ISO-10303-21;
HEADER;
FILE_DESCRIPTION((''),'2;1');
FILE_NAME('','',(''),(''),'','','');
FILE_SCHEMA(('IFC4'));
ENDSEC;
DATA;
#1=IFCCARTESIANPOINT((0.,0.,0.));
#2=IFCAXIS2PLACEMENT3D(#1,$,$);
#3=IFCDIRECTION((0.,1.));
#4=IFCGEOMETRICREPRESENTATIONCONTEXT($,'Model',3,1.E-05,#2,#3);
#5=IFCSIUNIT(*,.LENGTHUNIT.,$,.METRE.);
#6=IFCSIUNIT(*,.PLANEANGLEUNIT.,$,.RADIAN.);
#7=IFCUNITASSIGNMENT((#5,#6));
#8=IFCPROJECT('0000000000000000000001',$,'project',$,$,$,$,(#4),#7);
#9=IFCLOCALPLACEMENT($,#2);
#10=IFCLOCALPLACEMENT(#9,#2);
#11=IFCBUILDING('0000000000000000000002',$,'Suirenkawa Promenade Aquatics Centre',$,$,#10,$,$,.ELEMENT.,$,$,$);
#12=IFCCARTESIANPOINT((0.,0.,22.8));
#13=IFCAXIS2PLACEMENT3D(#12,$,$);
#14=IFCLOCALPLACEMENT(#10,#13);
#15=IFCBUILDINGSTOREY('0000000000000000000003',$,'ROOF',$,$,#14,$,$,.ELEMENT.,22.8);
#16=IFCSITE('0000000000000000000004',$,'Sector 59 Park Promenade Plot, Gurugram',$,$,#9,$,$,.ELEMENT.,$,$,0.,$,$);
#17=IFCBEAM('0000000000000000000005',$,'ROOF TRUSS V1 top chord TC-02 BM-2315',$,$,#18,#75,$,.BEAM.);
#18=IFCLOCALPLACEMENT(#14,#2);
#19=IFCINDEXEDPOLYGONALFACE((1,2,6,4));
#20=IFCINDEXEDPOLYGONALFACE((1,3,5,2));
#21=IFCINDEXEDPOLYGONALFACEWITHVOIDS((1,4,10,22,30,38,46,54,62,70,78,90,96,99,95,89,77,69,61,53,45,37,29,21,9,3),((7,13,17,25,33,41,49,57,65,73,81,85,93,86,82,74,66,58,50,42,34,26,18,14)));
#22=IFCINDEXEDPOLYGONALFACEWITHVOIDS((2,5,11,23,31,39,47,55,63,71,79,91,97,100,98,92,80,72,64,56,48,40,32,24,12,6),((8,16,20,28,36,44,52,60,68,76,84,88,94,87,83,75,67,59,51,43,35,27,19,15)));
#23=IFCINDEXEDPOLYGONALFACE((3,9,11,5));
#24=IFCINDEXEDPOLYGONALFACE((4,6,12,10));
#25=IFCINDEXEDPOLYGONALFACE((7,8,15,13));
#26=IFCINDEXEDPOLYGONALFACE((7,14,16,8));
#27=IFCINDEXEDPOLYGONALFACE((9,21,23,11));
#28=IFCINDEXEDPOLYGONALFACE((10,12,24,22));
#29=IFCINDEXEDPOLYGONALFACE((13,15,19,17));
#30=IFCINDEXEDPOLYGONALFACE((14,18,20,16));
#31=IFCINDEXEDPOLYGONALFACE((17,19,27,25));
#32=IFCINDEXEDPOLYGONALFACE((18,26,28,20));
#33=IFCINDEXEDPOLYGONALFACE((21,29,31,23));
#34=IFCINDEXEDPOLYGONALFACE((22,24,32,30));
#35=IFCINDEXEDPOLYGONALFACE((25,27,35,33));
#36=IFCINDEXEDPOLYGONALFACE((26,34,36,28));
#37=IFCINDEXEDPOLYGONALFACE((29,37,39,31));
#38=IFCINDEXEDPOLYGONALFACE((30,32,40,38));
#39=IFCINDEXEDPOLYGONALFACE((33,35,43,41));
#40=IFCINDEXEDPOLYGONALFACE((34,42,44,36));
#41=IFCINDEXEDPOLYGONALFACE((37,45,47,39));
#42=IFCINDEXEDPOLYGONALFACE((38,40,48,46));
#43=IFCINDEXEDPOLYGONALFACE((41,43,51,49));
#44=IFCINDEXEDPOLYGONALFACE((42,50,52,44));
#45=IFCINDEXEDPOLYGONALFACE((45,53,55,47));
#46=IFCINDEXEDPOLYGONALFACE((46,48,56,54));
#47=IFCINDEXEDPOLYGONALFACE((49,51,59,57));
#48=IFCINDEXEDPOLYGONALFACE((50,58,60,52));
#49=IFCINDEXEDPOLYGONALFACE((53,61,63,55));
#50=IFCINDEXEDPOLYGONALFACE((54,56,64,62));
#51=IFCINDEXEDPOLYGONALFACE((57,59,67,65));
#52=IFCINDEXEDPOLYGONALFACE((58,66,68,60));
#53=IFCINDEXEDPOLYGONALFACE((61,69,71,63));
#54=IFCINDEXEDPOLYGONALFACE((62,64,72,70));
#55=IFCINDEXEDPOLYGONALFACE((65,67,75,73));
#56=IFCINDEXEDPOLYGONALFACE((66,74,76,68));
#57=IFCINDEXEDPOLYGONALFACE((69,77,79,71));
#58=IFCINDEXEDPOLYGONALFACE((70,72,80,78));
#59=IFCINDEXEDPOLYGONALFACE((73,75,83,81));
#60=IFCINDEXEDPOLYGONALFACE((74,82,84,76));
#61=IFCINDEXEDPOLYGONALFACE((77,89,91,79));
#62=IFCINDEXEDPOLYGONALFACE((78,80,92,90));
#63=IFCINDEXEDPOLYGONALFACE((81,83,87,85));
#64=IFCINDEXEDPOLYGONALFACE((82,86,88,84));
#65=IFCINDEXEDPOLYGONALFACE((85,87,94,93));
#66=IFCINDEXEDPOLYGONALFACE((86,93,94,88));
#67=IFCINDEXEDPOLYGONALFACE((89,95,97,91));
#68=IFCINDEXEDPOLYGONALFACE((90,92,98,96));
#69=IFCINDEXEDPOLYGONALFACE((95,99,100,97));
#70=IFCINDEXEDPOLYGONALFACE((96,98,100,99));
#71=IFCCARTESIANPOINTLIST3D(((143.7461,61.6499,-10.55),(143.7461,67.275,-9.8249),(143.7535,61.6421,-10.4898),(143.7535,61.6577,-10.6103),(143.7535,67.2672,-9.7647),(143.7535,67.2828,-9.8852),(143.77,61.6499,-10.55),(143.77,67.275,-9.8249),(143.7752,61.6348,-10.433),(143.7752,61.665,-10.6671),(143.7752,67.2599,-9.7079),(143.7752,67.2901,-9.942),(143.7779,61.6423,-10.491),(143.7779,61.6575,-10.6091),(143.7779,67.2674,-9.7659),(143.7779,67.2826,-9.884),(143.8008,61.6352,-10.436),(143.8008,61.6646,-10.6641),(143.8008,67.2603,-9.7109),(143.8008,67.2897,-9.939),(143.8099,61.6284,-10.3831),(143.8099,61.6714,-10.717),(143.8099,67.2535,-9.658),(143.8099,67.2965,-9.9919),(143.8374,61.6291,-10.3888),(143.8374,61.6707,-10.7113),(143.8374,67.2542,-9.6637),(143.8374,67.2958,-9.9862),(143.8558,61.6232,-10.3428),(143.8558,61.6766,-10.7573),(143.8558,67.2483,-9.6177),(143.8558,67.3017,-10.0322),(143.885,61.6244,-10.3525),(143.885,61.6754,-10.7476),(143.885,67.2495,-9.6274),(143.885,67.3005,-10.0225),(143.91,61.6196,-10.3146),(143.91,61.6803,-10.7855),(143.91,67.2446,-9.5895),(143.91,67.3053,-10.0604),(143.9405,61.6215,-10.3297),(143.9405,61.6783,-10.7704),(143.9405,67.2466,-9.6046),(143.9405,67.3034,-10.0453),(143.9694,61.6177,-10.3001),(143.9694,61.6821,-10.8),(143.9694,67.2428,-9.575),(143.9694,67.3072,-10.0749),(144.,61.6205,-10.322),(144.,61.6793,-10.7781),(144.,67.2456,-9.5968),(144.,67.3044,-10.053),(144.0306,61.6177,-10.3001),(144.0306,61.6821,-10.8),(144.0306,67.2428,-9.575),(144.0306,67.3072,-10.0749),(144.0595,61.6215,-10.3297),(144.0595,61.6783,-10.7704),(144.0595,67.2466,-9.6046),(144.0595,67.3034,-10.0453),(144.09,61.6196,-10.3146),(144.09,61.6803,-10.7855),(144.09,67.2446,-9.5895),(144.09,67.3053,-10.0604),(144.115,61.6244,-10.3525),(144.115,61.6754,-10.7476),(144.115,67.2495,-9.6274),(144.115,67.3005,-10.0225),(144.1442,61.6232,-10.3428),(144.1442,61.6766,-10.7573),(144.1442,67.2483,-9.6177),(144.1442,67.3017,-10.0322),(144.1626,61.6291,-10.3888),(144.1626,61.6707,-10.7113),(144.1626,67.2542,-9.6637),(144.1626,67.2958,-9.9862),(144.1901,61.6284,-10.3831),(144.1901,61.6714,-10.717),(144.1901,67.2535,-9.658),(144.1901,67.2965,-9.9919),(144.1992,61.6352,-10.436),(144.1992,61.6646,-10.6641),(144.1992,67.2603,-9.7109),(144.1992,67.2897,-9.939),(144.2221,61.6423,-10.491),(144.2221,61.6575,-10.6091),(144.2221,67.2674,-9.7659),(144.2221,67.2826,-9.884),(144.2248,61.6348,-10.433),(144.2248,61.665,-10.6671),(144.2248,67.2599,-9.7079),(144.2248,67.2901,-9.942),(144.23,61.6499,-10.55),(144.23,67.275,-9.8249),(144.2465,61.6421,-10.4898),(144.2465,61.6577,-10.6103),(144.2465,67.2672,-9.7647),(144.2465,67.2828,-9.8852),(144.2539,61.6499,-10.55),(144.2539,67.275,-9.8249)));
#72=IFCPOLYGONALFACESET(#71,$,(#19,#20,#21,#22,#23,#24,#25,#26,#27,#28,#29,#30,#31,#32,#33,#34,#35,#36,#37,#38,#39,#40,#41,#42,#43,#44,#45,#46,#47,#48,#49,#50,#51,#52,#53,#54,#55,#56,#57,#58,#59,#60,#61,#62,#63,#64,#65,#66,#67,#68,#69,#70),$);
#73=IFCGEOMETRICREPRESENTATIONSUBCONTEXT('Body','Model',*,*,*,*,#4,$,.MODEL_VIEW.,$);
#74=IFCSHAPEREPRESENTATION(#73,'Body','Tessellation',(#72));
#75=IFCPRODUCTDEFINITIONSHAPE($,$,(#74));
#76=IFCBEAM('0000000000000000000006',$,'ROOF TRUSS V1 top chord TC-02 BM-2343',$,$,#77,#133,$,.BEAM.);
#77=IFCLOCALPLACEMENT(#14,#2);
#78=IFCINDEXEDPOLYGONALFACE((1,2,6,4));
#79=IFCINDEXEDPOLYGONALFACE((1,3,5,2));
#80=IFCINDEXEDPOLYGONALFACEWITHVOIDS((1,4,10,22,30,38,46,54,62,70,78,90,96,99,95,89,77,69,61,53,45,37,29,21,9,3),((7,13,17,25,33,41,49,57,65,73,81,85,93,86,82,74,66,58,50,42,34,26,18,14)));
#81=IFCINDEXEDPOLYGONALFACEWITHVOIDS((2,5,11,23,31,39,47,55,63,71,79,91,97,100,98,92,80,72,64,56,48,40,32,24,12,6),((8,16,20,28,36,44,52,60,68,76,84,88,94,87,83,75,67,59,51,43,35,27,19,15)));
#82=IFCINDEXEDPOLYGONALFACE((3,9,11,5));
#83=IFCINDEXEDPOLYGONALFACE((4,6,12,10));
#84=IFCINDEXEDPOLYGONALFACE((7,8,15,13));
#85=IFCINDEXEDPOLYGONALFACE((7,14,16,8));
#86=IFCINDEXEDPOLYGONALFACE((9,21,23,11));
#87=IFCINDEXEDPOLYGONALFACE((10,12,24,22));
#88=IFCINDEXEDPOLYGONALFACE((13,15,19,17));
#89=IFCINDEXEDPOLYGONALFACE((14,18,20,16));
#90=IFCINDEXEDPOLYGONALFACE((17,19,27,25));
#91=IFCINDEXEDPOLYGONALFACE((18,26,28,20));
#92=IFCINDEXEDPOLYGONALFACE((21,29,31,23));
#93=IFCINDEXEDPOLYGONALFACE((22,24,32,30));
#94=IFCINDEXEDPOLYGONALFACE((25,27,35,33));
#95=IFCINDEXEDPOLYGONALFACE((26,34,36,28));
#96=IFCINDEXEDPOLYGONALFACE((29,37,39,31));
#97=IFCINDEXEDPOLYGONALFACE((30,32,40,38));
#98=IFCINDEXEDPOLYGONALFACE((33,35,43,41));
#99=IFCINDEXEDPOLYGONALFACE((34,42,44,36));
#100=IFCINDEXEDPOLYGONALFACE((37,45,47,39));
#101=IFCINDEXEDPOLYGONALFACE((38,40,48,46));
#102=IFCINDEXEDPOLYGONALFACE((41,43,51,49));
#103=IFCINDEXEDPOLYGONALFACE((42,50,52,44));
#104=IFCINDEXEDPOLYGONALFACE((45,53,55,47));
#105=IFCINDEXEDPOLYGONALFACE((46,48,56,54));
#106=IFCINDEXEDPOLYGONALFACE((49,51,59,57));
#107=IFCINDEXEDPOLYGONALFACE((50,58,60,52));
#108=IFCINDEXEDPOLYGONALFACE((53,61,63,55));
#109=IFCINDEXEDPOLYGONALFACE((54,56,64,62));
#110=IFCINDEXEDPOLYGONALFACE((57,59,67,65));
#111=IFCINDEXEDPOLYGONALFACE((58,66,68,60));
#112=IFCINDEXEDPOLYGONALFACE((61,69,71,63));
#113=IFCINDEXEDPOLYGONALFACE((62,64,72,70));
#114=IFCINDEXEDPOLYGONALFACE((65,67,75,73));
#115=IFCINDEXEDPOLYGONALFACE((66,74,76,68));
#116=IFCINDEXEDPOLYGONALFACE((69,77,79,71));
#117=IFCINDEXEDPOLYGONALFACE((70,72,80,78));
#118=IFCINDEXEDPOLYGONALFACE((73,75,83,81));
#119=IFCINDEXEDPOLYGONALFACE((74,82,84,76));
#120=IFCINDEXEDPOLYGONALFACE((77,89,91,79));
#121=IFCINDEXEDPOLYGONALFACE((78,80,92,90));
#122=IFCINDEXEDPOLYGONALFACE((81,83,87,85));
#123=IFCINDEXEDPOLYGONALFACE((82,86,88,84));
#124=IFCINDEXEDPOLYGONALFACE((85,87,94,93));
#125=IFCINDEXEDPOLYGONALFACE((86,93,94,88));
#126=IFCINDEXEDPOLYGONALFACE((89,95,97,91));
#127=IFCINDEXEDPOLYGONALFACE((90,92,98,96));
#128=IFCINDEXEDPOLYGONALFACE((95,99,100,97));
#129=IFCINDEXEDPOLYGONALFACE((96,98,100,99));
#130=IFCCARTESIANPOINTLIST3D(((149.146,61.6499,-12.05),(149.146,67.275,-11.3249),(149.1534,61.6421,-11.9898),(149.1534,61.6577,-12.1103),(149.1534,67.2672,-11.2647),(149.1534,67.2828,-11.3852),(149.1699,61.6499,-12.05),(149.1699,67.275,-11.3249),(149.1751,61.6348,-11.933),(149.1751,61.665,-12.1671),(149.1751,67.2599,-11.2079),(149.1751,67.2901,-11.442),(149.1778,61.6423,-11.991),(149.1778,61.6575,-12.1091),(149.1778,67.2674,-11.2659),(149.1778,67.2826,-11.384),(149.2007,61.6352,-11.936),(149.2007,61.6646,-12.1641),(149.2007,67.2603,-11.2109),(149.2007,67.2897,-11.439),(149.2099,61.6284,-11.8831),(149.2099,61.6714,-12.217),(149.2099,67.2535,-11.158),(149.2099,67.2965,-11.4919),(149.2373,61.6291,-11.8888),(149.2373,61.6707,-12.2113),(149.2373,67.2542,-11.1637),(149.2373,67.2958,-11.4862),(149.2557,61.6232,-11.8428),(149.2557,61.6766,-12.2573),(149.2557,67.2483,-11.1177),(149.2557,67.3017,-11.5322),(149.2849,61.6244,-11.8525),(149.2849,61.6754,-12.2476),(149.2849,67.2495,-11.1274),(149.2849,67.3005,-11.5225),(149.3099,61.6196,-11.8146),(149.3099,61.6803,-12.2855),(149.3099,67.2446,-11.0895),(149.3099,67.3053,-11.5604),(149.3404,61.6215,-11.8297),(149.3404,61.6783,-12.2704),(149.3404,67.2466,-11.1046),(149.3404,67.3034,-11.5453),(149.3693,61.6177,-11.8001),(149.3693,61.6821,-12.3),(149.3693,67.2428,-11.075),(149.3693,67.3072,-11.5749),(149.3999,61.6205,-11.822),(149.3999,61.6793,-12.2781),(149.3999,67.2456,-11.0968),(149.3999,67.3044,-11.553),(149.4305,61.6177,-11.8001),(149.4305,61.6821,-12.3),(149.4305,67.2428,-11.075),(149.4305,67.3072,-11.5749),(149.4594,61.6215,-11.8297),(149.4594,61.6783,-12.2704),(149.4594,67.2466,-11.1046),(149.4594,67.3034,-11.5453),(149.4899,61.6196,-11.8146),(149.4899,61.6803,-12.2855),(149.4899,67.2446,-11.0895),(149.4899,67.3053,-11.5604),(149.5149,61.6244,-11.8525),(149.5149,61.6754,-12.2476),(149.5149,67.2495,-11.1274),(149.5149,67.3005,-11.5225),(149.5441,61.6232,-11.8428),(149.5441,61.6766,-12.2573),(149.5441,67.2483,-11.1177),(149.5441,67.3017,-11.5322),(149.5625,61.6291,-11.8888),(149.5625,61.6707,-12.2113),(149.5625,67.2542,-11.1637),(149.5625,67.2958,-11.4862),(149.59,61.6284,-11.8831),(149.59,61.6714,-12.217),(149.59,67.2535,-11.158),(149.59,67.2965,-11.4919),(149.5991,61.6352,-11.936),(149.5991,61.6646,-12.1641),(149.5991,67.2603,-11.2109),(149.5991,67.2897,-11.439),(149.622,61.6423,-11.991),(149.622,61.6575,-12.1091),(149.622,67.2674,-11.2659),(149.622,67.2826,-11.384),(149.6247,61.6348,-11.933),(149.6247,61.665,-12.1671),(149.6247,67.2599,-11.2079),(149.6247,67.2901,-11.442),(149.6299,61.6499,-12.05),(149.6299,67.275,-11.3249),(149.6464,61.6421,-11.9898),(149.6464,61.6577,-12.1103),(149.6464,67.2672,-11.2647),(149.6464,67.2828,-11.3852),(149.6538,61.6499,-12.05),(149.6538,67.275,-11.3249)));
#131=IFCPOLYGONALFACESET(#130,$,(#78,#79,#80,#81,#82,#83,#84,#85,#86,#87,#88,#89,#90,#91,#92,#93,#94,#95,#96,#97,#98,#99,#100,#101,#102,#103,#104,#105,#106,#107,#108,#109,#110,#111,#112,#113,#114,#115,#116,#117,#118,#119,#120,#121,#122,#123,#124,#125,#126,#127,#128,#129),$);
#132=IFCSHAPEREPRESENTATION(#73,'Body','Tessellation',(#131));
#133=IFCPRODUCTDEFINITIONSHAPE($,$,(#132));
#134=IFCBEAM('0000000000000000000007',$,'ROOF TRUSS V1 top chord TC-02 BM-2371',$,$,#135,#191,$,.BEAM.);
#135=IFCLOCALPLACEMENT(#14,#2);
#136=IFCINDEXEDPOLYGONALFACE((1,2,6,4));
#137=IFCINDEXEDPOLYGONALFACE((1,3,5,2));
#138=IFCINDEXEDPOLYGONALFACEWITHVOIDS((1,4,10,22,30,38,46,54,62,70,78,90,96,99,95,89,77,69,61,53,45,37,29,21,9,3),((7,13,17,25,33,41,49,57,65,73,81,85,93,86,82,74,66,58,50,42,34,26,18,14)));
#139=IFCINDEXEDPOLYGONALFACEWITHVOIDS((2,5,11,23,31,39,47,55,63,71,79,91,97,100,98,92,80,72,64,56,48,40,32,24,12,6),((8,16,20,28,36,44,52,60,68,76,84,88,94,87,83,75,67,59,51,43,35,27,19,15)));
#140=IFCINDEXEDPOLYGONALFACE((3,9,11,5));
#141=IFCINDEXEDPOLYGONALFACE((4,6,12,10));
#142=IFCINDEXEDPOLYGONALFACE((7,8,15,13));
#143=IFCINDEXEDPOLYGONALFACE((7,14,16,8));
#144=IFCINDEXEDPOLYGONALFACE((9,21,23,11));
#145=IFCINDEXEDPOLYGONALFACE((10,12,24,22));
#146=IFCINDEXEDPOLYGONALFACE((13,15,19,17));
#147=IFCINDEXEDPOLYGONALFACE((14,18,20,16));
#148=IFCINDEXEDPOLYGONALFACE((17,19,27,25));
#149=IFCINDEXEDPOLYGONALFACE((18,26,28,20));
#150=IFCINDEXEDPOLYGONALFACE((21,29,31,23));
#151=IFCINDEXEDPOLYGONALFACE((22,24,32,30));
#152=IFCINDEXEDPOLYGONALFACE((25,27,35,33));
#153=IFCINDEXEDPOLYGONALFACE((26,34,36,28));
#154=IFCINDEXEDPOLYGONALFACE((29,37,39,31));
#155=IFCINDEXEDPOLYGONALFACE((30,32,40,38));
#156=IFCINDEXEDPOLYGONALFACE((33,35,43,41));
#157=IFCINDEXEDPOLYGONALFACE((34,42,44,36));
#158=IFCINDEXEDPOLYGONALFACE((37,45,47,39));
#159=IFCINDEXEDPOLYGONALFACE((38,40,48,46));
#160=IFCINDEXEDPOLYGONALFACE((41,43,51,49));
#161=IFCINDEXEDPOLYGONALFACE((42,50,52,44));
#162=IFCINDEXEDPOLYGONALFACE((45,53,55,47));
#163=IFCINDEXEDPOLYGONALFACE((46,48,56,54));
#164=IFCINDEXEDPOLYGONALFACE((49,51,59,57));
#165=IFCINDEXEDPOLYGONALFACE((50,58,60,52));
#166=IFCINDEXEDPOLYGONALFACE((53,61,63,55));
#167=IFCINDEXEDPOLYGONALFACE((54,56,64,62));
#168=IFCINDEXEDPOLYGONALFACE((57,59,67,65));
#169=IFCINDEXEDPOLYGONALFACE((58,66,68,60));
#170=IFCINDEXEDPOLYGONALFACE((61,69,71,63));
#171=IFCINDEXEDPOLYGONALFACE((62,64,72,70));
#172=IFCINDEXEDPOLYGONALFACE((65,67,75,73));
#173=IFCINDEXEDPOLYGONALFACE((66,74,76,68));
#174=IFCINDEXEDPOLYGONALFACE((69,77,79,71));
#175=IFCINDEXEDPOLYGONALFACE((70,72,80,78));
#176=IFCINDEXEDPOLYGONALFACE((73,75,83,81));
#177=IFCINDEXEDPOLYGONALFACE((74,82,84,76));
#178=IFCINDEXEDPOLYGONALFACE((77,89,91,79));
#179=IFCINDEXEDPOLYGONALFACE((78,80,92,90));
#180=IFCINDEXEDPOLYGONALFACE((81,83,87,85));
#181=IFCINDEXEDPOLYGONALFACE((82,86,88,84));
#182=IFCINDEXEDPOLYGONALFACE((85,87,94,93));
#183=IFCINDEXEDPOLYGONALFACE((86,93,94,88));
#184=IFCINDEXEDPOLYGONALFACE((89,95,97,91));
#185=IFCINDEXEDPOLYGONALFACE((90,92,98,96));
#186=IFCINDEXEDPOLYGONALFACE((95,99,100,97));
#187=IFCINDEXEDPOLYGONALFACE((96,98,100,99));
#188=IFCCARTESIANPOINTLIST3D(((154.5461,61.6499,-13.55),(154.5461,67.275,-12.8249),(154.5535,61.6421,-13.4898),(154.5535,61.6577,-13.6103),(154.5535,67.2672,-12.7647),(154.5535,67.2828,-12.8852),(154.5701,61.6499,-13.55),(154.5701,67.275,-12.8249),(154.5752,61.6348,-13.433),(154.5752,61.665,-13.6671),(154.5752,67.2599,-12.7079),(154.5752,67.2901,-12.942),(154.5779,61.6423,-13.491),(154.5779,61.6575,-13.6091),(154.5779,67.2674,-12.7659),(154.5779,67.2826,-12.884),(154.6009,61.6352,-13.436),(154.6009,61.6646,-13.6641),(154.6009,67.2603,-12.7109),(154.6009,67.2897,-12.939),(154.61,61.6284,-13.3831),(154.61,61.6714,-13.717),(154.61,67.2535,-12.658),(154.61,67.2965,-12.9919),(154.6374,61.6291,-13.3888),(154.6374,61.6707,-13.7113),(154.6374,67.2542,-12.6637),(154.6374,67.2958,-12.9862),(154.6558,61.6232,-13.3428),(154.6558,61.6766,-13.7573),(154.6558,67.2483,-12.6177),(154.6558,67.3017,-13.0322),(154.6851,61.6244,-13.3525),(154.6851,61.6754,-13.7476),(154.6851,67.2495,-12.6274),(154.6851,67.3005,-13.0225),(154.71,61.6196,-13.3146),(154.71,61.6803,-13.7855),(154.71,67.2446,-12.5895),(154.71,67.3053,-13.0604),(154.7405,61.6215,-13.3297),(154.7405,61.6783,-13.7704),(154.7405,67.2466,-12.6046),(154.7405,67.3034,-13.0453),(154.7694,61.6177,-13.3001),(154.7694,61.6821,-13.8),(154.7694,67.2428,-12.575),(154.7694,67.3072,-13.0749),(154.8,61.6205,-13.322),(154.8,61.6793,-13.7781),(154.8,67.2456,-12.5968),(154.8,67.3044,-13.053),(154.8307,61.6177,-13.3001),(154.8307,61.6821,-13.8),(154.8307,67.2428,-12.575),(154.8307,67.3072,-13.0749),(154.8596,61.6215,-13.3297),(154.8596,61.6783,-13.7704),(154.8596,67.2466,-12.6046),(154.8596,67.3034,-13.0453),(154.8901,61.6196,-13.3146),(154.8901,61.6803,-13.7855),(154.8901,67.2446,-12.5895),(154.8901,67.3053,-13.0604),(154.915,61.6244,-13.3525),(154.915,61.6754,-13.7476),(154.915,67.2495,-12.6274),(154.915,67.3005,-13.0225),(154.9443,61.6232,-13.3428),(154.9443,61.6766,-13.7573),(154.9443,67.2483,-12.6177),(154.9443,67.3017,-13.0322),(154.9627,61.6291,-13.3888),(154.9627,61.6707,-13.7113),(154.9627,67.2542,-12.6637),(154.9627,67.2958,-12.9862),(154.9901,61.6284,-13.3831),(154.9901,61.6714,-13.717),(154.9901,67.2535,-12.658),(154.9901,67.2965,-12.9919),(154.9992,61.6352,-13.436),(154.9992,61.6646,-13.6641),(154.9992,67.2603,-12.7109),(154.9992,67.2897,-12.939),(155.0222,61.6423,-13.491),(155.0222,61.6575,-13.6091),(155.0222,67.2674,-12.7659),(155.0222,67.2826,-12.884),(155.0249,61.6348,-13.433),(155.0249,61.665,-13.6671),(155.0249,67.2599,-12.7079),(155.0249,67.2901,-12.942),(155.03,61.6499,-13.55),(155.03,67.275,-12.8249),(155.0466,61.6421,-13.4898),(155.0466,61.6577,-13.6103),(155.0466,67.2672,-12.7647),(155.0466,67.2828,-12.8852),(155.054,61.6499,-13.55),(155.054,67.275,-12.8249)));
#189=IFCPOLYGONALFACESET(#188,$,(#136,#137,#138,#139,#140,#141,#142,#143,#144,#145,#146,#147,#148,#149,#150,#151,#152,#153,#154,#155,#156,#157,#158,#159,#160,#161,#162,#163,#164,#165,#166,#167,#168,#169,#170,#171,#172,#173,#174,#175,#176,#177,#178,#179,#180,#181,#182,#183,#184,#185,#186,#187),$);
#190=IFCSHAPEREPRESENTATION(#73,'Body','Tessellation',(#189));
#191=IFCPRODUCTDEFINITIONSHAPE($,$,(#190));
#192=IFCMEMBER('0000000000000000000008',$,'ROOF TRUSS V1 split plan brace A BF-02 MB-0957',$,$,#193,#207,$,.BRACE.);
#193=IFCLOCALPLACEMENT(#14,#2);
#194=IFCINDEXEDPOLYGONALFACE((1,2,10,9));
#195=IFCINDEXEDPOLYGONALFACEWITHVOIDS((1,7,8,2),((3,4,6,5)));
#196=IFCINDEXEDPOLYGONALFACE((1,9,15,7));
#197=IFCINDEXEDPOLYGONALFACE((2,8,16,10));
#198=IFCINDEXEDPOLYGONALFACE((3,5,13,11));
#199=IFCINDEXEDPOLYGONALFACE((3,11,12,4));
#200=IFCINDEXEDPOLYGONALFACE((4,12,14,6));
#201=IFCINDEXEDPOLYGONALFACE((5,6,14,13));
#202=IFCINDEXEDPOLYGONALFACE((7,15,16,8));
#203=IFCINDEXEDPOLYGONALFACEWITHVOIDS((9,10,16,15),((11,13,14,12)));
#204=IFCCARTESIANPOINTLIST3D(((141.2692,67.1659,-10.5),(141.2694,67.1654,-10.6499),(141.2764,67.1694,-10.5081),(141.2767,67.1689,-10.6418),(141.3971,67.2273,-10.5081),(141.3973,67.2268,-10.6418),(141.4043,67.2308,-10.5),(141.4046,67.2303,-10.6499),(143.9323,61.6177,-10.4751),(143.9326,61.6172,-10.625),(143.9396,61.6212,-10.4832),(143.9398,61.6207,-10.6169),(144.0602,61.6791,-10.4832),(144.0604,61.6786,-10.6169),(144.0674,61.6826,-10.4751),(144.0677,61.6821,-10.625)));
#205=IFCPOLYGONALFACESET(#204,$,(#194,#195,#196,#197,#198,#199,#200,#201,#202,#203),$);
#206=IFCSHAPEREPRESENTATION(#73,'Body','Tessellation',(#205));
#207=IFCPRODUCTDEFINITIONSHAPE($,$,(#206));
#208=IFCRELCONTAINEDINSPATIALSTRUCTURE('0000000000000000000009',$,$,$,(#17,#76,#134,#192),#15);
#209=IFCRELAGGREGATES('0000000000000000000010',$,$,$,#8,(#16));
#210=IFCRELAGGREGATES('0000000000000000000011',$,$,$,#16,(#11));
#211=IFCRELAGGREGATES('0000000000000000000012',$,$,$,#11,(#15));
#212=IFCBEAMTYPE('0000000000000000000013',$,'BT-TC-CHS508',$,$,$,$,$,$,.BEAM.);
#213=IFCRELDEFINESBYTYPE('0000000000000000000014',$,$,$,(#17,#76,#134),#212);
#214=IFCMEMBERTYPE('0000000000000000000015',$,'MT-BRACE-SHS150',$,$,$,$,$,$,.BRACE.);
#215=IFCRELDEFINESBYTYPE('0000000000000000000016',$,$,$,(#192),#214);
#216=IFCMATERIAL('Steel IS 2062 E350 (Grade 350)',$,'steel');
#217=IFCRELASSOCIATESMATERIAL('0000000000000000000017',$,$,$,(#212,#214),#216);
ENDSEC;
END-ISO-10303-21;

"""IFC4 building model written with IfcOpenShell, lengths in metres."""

from ifc_helpers import new_model, si_unit, direction, frame, origin, origin_2d, place, context, subcontext, project, spatial, hollow_rectangle, hollow_circle, extrude, material, material_profile, profile_set, type_object, element, save


model = new_model("IFC4")

# Units and contexts
model_context = context("Model", 3, precision=1e-05, world=origin(), true_north=direction((0.0, 1.0)))
body_context = subcontext(model_context, "Body", "Model", "MODEL_VIEW")
ifc_project = project(units=[si_unit("LENGTHUNIT", "METRE"), si_unit("PLANEANGLEUNIT", "RADIAN")], contexts=[model_context])

# Site, building, storey
site_placement = place(None, origin())
site = spatial("IfcSite", under=ifc_project, at=site_placement, Name="Sector 59 Park Promenade Plot, Gurugram", CompositionType="ELEMENT", RefElevation=0.0)
building_placement = place(site_placement, origin())
building = spatial("IfcBuilding", under=site, at=building_placement, Name="Suirenkawa Promenade Aquatics Centre", CompositionType="ELEMENT")
storey_placement = place(building_placement, frame((0.0, 0.0, 22.8)))
storey = spatial("IfcBuildingStorey", under=building, at=storey_placement, Name="ROOF", CompositionType="ELEMENT", Elevation=22.8)

# Beams
ifc_material = material(Name="Steel IS 2062 E350 (Grade 350)", Category="steel")
ifc_material_profile_1 = material_profile(ifc_material, hollow_circle(Radius=0.2539, WallThickness=0.0239, at=origin_2d()), Name="CHS 508x24", Category="steel")
ifc_profile_set_1 = profile_set([ifc_material_profile_1], Name="Steel IS 2062 E350 (Grade 350)")
beam_type_1 = type_object("IfcBeamType", Name="BT-TC-CHS508", PredefinedType="BEAM", material=ifc_profile_set_1)
for number, where, z_axis, x_axis, name in (
    (1, (144.0, 61.6499, -10.55), (0.0, 0.991794, 0.127848), (-1.0, 0.0, 0.0), "ROOF TRUSS V1 top chord TC-02 BM-2315"),
    (2, (149.3999, 61.6499, -12.05), (0.0, 0.991794, 0.127848), (-1.0, 0.0, 0.0), "ROOF TRUSS V1 top chord TC-02 BM-2343"),
    (3, (154.8, 61.6499, -13.55), (0.0, 0.991794, 0.127848), (-1.0, 0.0, 0.0), "ROOF TRUSS V1 top chord TC-02 BM-2371"),
):
    element("IfcBeam", number, at=place(storey_placement, frame(where, z_axis=z_axis, x_axis=x_axis)), inside=storey, type_object=beam_type_1, Name=name, PredefinedType="BEAM", context=body_context, shape_type="SweptSolid", body=[
        extrude(hollow_circle(Radius=0.2539, WallThickness=0.0239, at=origin_2d()), origin(), (0.0, 0.0, 1.0), 5.6716),
    ])

# Member
ifc_material_profile_2 = material_profile(ifc_material, hollow_rectangle(XDim=0.1499, YDim=0.1499, WallThickness=0.0081, at=origin_2d()), Name="SHS 150x150x8", Category="steel")
ifc_profile_set_2 = profile_set([ifc_material_profile_2], Name="Steel IS 2062 E350 (Grade 350)")
member_type_1 = type_object("IfcMemberType", Name="MT-BRACE-SHS150", PredefinedType="BRACE", material=ifc_profile_set_2)
member_1_placement = place(storey_placement, frame((144.0, 61.6499, -10.55), z_axis=(-0.432728, 0.901516, -0.004046), x_axis=(-0.901523, -0.432731, 0.0)))
element("IfcMember", 4, at=member_1_placement, inside=storey, type_object=member_type_1, Name="ROOF TRUSS V1 split plan brace A BF-02 MB-0957", PredefinedType="BRACE", context=body_context, shape_type="SweptSolid", body=[
    extrude(hollow_rectangle(XDim=0.1499, YDim=0.1499, WallThickness=0.0081, at=origin_2d()), origin(), (0.0, 0.0, 1.0), 6.1543),
])

save(model, "model.ifc")
